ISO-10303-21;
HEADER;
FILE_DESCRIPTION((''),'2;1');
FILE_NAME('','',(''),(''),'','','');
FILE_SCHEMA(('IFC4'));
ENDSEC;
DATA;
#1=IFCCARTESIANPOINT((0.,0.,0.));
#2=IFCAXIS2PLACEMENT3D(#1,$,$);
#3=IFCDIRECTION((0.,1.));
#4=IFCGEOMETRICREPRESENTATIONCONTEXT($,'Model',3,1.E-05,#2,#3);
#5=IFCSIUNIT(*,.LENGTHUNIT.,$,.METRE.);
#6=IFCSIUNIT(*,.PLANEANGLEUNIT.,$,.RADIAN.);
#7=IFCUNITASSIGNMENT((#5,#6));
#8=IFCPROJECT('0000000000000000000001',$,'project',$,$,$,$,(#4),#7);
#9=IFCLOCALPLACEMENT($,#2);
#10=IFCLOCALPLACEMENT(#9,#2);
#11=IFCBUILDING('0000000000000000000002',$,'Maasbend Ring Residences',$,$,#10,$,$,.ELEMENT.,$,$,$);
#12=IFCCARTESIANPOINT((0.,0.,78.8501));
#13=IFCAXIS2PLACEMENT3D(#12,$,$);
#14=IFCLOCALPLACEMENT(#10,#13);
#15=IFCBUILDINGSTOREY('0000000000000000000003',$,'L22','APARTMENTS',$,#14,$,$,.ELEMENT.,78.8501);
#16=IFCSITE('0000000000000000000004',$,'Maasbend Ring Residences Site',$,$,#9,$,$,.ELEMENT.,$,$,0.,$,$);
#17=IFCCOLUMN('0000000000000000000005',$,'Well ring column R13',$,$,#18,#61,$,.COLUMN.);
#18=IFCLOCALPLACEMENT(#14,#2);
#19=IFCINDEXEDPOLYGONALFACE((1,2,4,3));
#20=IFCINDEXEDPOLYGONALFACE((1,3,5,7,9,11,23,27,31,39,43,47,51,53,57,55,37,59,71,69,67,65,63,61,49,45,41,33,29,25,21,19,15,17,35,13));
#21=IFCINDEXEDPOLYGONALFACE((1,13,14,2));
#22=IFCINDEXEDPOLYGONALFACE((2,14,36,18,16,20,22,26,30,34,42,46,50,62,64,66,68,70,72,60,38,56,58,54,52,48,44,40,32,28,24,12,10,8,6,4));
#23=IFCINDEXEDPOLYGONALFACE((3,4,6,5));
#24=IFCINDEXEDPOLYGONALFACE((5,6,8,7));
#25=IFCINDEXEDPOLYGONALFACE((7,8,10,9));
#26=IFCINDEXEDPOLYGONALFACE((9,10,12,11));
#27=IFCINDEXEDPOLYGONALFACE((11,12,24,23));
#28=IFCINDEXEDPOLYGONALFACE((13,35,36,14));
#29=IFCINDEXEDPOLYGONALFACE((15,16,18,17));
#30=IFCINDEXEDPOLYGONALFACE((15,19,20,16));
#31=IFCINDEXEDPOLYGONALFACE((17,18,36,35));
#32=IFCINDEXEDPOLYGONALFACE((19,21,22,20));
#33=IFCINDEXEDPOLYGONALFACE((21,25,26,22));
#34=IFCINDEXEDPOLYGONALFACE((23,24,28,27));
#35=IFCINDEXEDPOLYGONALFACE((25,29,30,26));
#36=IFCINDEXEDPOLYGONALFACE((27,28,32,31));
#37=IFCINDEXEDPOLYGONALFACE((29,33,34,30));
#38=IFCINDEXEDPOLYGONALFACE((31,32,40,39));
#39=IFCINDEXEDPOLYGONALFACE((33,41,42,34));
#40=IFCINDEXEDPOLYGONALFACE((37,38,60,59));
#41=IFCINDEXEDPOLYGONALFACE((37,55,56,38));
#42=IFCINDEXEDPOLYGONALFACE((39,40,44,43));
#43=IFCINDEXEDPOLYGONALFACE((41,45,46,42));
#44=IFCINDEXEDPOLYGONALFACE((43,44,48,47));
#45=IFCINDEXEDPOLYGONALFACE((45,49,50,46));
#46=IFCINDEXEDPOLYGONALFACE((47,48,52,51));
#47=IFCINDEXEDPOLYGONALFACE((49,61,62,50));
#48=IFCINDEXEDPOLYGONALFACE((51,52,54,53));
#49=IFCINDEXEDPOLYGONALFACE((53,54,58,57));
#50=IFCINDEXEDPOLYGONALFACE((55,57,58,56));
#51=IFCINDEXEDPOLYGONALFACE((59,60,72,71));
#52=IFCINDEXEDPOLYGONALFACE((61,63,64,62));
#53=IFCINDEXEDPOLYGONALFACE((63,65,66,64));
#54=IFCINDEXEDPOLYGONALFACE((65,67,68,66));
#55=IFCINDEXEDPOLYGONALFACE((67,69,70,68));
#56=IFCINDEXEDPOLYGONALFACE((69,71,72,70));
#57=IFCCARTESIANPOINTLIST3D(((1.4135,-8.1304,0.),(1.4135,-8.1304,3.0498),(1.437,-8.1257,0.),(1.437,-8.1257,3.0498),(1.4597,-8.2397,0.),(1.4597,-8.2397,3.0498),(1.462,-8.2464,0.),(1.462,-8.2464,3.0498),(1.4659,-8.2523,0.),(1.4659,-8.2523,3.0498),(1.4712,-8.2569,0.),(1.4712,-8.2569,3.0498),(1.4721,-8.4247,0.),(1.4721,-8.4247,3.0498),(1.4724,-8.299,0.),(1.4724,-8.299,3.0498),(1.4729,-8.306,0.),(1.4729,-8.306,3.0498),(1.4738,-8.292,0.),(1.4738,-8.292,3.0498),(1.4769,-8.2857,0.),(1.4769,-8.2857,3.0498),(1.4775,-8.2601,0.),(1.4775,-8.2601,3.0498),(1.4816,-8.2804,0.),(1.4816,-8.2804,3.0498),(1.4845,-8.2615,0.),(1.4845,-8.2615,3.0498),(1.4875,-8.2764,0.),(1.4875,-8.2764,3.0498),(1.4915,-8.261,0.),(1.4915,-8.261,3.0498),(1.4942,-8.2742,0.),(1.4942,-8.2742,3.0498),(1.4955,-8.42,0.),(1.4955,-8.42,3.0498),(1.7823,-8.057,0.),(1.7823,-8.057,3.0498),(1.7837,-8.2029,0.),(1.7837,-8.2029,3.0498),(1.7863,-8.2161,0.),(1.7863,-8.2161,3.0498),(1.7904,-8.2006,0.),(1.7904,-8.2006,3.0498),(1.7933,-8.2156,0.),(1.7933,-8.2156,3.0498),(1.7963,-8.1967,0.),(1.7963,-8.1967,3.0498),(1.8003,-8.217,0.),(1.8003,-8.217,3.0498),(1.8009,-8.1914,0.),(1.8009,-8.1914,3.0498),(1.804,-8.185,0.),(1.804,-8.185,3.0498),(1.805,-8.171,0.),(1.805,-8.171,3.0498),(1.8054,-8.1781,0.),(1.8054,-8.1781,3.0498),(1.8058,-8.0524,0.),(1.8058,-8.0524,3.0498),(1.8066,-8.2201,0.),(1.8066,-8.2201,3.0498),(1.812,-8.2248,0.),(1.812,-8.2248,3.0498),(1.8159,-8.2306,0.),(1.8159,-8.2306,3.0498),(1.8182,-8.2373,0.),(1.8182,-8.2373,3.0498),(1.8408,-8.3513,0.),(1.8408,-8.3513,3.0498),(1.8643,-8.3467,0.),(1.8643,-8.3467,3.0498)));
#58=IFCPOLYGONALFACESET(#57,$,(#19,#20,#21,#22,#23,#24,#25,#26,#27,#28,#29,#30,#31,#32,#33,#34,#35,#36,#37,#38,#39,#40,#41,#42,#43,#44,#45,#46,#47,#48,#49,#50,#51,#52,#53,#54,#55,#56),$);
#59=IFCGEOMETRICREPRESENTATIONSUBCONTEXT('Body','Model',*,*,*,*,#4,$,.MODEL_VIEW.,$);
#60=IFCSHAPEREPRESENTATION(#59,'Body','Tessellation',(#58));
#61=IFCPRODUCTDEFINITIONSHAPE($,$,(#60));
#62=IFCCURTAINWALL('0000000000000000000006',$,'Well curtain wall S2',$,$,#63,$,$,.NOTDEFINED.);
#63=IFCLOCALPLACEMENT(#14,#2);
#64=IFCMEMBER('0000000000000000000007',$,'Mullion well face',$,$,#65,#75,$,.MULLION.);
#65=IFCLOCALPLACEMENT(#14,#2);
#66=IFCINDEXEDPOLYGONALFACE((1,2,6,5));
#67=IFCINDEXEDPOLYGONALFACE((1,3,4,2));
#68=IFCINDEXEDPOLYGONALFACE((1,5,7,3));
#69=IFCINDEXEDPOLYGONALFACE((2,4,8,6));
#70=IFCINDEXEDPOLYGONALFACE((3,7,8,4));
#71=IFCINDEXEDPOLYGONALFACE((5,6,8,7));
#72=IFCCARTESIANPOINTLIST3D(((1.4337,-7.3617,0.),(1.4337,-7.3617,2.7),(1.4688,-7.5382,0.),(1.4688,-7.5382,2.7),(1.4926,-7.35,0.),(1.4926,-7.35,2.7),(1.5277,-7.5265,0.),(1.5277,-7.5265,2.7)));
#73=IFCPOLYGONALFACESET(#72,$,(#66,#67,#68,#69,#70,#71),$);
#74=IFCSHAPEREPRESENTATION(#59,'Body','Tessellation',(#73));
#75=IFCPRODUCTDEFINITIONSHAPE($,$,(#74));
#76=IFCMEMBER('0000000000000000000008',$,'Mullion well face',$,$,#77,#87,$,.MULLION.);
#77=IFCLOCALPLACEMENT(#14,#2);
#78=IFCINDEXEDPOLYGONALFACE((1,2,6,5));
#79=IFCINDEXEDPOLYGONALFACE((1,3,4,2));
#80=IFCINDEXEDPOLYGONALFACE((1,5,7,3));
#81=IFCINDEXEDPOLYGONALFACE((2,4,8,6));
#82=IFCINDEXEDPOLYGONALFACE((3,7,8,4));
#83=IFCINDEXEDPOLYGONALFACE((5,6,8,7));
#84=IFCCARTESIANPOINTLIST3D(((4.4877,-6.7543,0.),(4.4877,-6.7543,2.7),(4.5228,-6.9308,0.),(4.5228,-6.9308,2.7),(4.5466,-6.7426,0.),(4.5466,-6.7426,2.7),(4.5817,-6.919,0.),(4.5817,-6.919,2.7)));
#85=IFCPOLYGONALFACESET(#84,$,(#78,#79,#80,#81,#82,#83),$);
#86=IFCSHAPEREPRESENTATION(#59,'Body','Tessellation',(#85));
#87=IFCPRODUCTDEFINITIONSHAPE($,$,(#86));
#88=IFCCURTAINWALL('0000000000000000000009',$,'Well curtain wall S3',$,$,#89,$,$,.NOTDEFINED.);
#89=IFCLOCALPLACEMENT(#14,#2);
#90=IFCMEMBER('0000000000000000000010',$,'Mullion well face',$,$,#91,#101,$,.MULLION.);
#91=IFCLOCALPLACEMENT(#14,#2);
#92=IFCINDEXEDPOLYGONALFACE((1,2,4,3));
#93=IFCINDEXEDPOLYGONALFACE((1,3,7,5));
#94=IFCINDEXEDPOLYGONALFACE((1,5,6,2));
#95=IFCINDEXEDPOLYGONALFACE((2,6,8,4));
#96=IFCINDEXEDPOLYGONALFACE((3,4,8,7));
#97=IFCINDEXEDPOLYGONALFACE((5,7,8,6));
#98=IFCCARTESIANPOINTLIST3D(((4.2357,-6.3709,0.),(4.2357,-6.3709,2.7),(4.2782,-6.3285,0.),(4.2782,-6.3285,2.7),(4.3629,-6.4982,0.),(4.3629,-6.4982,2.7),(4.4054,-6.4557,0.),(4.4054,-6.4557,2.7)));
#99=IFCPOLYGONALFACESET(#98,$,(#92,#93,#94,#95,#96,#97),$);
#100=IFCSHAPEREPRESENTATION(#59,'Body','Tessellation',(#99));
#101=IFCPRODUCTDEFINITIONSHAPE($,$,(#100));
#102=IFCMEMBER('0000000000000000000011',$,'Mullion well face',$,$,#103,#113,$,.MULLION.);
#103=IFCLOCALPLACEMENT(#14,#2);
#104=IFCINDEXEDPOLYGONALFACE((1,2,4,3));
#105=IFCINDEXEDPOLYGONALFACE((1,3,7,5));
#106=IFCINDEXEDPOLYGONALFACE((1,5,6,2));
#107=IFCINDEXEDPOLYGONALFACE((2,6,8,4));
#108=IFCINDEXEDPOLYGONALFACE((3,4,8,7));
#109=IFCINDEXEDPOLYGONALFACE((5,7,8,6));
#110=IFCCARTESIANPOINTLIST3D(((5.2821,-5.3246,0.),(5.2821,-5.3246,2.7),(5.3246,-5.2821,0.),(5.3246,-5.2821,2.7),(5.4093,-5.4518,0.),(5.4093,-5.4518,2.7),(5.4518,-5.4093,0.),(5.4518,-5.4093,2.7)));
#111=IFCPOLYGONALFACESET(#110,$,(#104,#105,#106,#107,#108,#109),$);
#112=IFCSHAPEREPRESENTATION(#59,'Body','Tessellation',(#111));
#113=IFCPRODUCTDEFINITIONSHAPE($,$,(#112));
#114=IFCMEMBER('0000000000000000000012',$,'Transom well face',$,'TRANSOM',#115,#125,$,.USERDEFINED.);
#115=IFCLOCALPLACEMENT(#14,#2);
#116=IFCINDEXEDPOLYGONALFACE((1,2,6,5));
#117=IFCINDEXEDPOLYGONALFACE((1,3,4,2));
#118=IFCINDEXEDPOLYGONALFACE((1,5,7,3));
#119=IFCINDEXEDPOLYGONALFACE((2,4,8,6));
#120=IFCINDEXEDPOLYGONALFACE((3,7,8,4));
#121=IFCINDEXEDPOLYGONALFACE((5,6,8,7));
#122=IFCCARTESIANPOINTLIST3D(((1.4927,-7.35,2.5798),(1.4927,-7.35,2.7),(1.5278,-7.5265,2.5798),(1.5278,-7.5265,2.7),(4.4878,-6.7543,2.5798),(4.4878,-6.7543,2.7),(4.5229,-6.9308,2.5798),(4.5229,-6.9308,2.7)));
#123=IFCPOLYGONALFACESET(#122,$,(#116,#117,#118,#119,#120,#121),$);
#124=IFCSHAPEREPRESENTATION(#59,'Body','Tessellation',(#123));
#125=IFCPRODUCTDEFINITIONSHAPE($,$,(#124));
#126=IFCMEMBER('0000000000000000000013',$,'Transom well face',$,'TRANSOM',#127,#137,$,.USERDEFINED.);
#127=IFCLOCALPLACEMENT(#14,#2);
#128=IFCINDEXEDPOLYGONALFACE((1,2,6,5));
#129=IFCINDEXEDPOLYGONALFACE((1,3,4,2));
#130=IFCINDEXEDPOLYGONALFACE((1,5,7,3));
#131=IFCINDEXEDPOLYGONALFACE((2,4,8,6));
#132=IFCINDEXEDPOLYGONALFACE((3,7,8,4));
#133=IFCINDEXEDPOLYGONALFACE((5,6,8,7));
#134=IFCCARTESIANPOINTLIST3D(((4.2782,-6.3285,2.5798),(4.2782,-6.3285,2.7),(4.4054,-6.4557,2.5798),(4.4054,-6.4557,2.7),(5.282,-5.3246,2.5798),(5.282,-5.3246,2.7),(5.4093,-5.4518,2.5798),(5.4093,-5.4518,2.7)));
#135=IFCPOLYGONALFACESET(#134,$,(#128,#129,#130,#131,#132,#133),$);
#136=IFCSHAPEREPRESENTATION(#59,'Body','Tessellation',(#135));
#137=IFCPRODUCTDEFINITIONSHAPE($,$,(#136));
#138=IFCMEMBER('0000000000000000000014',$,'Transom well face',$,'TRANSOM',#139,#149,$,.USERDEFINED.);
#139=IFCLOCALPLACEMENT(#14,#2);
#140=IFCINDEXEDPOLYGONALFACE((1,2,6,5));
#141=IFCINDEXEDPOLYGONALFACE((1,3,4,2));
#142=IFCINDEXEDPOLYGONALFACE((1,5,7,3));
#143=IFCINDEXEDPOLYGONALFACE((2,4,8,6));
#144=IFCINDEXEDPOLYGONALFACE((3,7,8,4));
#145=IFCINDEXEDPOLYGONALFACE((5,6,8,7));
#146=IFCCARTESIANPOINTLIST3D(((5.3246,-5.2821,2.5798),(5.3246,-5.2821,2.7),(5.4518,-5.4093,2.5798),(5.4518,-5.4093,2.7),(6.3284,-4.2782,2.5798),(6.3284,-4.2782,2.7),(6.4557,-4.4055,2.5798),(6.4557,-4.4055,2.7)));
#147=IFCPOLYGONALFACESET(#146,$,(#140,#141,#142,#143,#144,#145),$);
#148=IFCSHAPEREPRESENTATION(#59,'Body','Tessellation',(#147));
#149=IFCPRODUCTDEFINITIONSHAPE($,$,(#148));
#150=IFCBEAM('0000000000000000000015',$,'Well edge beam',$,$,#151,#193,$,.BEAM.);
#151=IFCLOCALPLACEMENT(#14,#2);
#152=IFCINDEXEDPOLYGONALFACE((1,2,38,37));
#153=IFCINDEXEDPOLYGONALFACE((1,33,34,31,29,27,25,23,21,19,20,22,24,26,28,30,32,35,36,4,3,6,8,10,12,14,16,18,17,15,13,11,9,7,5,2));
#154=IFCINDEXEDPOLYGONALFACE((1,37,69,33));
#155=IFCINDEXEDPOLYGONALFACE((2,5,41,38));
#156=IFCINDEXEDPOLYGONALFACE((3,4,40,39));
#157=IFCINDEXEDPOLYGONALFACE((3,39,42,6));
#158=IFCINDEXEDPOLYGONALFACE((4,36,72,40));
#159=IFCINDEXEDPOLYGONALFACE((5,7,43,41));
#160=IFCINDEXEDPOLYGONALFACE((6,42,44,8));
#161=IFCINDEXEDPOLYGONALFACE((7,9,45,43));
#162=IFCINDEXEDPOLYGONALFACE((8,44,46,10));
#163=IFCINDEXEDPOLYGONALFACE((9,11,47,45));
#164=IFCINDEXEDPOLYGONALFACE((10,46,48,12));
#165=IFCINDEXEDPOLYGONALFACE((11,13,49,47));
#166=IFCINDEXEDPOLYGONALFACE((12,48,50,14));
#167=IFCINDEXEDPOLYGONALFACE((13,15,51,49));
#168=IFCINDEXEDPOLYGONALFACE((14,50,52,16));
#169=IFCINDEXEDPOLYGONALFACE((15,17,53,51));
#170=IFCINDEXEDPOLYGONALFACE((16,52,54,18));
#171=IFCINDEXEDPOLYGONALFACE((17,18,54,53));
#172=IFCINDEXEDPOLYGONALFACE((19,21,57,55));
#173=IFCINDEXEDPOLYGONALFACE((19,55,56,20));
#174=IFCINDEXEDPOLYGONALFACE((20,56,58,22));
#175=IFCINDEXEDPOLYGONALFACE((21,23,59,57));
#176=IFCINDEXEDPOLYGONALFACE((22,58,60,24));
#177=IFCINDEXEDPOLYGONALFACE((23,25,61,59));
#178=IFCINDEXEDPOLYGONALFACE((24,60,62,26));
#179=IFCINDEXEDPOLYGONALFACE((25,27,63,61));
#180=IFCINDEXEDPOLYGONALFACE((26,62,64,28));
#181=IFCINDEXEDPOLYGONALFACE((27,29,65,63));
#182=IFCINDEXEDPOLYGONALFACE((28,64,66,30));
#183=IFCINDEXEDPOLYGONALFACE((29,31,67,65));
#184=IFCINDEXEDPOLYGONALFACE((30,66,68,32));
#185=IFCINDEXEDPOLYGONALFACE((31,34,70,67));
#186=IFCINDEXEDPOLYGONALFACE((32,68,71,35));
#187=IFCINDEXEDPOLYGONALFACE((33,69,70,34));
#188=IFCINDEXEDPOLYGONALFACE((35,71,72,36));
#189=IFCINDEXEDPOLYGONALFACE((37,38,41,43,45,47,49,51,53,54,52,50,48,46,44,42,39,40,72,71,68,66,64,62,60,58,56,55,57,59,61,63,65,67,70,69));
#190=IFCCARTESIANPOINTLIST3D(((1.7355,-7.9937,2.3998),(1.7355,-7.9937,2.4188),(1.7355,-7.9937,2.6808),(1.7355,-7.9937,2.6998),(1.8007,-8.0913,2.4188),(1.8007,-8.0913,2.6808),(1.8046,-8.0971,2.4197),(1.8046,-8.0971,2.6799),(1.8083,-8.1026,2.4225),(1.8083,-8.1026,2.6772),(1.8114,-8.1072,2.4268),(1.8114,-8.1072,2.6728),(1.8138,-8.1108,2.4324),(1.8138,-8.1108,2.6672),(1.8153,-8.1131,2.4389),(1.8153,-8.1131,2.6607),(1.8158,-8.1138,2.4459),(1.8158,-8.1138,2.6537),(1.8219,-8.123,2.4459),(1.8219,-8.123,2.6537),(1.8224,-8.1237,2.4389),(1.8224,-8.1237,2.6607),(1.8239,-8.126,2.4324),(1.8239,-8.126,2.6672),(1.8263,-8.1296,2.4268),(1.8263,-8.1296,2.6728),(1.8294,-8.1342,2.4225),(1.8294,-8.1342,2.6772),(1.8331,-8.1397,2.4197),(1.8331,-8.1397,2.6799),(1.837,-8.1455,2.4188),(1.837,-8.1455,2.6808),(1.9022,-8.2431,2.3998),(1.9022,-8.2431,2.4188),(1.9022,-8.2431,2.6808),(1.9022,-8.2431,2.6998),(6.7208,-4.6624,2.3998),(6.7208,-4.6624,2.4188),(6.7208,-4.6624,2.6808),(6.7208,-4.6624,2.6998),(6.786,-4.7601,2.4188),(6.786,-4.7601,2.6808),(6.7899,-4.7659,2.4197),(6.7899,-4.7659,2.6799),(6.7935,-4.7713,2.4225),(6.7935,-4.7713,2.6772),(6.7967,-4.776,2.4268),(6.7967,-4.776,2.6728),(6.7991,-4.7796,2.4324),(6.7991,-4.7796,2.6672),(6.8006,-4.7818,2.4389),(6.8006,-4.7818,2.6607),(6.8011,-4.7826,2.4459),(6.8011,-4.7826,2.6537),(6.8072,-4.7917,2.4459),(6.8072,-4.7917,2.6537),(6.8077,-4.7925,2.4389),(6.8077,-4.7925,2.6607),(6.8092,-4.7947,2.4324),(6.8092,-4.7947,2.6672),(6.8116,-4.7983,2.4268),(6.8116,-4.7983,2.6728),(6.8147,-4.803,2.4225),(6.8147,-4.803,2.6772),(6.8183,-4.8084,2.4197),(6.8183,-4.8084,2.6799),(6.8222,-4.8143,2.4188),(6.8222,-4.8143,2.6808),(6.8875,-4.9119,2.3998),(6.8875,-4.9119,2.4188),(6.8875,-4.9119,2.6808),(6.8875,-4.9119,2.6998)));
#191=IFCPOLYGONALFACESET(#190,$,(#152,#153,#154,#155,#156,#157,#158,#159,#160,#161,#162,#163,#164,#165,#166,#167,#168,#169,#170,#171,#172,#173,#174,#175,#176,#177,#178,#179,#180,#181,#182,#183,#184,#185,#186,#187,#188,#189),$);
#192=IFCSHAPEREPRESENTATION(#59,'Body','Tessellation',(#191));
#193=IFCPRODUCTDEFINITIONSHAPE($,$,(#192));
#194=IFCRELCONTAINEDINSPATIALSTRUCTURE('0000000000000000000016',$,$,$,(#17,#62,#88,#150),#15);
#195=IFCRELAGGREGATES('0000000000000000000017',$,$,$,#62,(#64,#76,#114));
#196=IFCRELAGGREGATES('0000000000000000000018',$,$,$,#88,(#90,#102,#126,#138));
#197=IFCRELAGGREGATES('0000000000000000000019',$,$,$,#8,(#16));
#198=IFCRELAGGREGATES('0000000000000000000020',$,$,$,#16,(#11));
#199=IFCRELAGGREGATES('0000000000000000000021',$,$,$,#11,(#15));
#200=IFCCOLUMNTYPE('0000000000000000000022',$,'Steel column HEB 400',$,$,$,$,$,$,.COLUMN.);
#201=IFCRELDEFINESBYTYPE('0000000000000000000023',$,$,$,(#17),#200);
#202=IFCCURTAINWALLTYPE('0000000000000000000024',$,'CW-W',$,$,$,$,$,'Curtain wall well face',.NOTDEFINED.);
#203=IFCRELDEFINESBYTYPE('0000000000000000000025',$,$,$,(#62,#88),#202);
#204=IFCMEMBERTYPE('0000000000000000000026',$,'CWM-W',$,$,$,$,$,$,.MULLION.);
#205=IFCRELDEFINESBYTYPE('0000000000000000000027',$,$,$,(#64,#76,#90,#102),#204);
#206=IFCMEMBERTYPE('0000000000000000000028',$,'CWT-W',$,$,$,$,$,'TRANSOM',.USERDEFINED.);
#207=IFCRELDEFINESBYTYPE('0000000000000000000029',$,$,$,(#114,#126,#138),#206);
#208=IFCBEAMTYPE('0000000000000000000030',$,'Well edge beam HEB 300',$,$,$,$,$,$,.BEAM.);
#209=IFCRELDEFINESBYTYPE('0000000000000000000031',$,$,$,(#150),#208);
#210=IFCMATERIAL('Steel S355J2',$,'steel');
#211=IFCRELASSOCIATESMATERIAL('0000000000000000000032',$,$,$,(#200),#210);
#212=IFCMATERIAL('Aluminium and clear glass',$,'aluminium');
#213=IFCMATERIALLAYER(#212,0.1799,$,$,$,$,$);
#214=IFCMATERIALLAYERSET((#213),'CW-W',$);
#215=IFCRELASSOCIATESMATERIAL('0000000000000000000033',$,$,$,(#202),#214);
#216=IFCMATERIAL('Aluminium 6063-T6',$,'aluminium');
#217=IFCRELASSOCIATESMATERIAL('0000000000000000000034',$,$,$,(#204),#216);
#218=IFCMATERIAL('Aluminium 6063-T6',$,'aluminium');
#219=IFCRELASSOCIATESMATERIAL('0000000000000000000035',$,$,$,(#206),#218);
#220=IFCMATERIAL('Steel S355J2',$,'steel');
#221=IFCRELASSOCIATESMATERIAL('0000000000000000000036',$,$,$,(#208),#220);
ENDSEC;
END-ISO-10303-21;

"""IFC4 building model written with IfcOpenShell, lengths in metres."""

from ifc_helpers import new_model, si_unit, direction, frame, origin, origin_2d, place, context, subcontext, project, spatial, rectangle, i_section, extrude, material, layer, layer_set, material_profile, profile_set, type_object, element, aggregate, save


model = new_model("IFC4")

# Units and contexts
model_context = context("Model", 3, precision=1e-05, world=origin(), true_north=direction((0.0, 1.0)))
body_context = subcontext(model_context, "Body", "Model", "MODEL_VIEW")
ifc_project = project(units=[si_unit("LENGTHUNIT", "METRE"), si_unit("PLANEANGLEUNIT", "RADIAN")], contexts=[model_context])

# Site, building, storey
site_placement = place(None, origin())
site = spatial("IfcSite", under=ifc_project, at=site_placement, Name="Maasbend Ring Residences Site", CompositionType="ELEMENT", RefElevation=0.0)
building_placement = place(site_placement, origin())
building = spatial("IfcBuilding", under=site, at=building_placement, Name="Maasbend Ring Residences", CompositionType="ELEMENT")
storey_placement = place(building_placement, frame((0.0, 0.0, 78.8501)))
storey = spatial("IfcBuildingStorey", under=building, at=storey_placement, Name="L22", Description="APARTMENTS", CompositionType="ELEMENT", Elevation=78.8501)

# Column
ifc_material_1 = material(Name="Steel S355J2", Category="steel")
ifc_material_profile_1 = material_profile(ifc_material_1, i_section(OverallWidth=0.3, OverallDepth=0.3999, WebThickness=0.0134, FlangeThickness=0.0239, FilletRadius=0.0271, at=origin_2d()), Name="HEB 400")
ifc_profile_set_1 = profile_set([ifc_material_profile_1], Name="Steel S355J2")
column_type = type_object("IfcColumnType", Name="Steel column HEB 400", PredefinedType="COLUMN", material=ifc_profile_set_1)
column_placement = place(storey_placement, frame((1.6389, -8.2385, 0.0), z_axis=(0.0, 0.0, 1.0), x_axis=(0.19509, -0.980785, 0.0)))
element("IfcColumn", 1, at=column_placement, inside=storey, type_object=column_type, Name="Well ring column R13", PredefinedType="COLUMN", context=body_context, shape_type="SweptSolid", body=[
    extrude(i_section(OverallWidth=0.3, OverallDepth=0.3999, WebThickness=0.0134, FlangeThickness=0.0239, FilletRadius=0.0271, at=origin_2d()), origin(), (0.0, 0.0, 1.0), 3.0498),
])

# Curtain walls, members
ifc_material_2 = material(Name="Aluminium and clear glass", Category="aluminium")
ifc_layer_1 = layer(ifc_material_2, 0.1799)
ifc_layer_set_1 = layer_set([ifc_layer_1], Name="CW-W")
curtain_wall_type = type_object("IfcCurtainWallType", Name="CW-W", ElementType="Curtain wall well face", PredefinedType="NOTDEFINED", material=ifc_layer_set_1)
curtain_wall_1_placement = place(storey_placement, origin())
curtain_wall_1 = element("IfcCurtainWall", 2, at=curtain_wall_1_placement, inside=storey, type_object=curtain_wall_type, Name="Well curtain wall S2", PredefinedType="NOTDEFINED")
ifc_material_3 = material(Name="Aluminium 6063-T6", Category="aluminium")
ifc_material_profile_2 = material_profile(ifc_material_3, rectangle(XDim=0.1799, YDim=0.0601, at=origin_2d()), Name="AL 180x60")
ifc_profile_set_2 = profile_set([ifc_material_profile_2], Name="Aluminium 6063-T6")
member_type_1 = type_object("IfcMemberType", Name="CWM-W", PredefinedType="MULLION", material=ifc_profile_set_2)
member_1_placement = place(storey_placement, frame((1.4807, -7.4441, 0.0), z_axis=(0.0, 0.0, 1.0), x_axis=(-0.19509, 0.980785, 0.0)))
member_1 = element("IfcMember", 3, at=member_1_placement, type_object=member_type_1, Name="Mullion well face", PredefinedType="MULLION", context=body_context, shape_type="SweptSolid", body=[
    extrude(rectangle(XDim=0.1799, YDim=0.0601, at=origin_2d()), origin(), (0.0, 0.0, 1.0), 2.7),
])
member_2_placement = place(storey_placement, frame((4.5347, -6.8367, 0.0), z_axis=(0.0, 0.0, 1.0), x_axis=(-0.19509, 0.980785, 0.0)))
member_2 = element("IfcMember", 4, at=member_2_placement, type_object=member_type_1, Name="Mullion well face", PredefinedType="MULLION", context=body_context, shape_type="SweptSolid", body=[
    extrude(rectangle(XDim=0.1799, YDim=0.0601, at=origin_2d()), origin(), (0.0, 0.0, 1.0), 2.7),
])
curtain_wall_2_placement = place(storey_placement, origin())
curtain_wall_2 = element("IfcCurtainWall", 5, at=curtain_wall_2_placement, inside=storey, type_object=curtain_wall_type, Name="Well curtain wall S3", PredefinedType="NOTDEFINED")
member_3_placement = place(storey_placement, frame((4.3206, -6.4133, 0.0), z_axis=(0.0, 0.0, 1.0), x_axis=(-0.707107, 0.707107, 0.0)))
member_3 = element("IfcMember", 6, at=member_3_placement, type_object=member_type_1, Name="Mullion well face", PredefinedType="MULLION", context=body_context, shape_type="SweptSolid", body=[
    extrude(rectangle(XDim=0.1799, YDim=0.0601, at=origin_2d()), origin(), (0.0, 0.0, 1.0), 2.7),
])
member_4_placement = place(storey_placement, frame((5.3669, -5.3669, 0.0), z_axis=(0.0, 0.0, 1.0), x_axis=(-0.707107, 0.707107, 0.0)))
member_4 = element("IfcMember", 7, at=member_4_placement, type_object=member_type_1, Name="Mullion well face", PredefinedType="MULLION", context=body_context, shape_type="SweptSolid", body=[
    extrude(rectangle(XDim=0.1799, YDim=0.0601, at=origin_2d()), origin(), (0.0, 0.0, 1.0), 2.7),
])

# Members
ifc_material_4 = material(Name="Aluminium 6063-T6", Category="aluminium")
ifc_material_profile_3 = material_profile(ifc_material_4, rectangle(XDim=0.1799, YDim=0.1201, at=origin_2d()), Name="AL 180x120")
ifc_profile_set_3 = profile_set([ifc_material_profile_3], Name="Aluminium 6063-T6")
member_type_2 = type_object("IfcMemberType", Name="CWT-W", ElementType="TRANSOM", PredefinedType="USERDEFINED", material=ifc_profile_set_3)
member_5_placement = place(storey_placement, frame((1.5103, -7.4382, 2.6399), z_axis=(0.980789, 0.195071, 0.0), x_axis=(-0.195071, 0.980789, 0.0)))
member_5 = element("IfcMember", 8, at=member_5_placement, type_object=member_type_2, Name="Transom well face", ObjectType="TRANSOM", PredefinedType="USERDEFINED", context=body_context, shape_type="SweptSolid", body=[
    extrude(rectangle(XDim=0.1799, YDim=0.1201, at=origin_2d()), origin(), (0.0, 0.0, 1.0), 3.0537),
])
member_6_placement = place(storey_placement, frame((4.3418, -6.3921, 2.6399), z_axis=(0.707107, 0.707107, 0.0), x_axis=(-0.707107, 0.707107, 0.0)))
member_6 = element("IfcMember", 9, at=member_6_placement, type_object=member_type_2, Name="Transom well face", ObjectType="TRANSOM", PredefinedType="USERDEFINED", context=body_context, shape_type="SweptSolid", body=[
    extrude(rectangle(XDim=0.1799, YDim=0.1201, at=origin_2d()), origin(), (0.0, 0.0, 1.0), 1.4197),
])
member_7_placement = place(storey_placement, frame((5.3882, -5.3457, 2.6399), z_axis=(0.707107, 0.707107, 0.0), x_axis=(-0.707107, 0.707107, 0.0)))
member_7 = element("IfcMember", 10, at=member_7_placement, type_object=member_type_2, Name="Transom well face", ObjectType="TRANSOM", PredefinedType="USERDEFINED", context=body_context, shape_type="SweptSolid", body=[
    extrude(rectangle(XDim=0.1799, YDim=0.1201, at=origin_2d()), origin(), (0.0, 0.0, 1.0), 1.4197),
])

# Beam
ifc_material_5 = material(Name="Steel S355J2", Category="steel")
ifc_material_profile_4 = material_profile(ifc_material_5, i_section(OverallWidth=0.3, OverallDepth=0.3, WebThickness=0.011, FlangeThickness=0.019, FilletRadius=0.0271, at=origin_2d()), Name="HEB 300")
ifc_profile_set_4 = profile_set([ifc_material_profile_4], Name="Steel S355J2")
beam_type = type_object("IfcBeamType", Name="Well edge beam HEB 300", PredefinedType="BEAM", material=ifc_profile_set_4)
beam_placement = place(storey_placement, frame((1.8188, -8.1184, 2.5498), z_axis=(0.831455, 0.555593, 0.0), x_axis=(-0.555593, 0.831455, 0.0)))
element("IfcBeam", 11, at=beam_placement, inside=storey, type_object=beam_type, Name="Well edge beam", PredefinedType="BEAM", context=body_context, shape_type="SweptSolid", body=[
    extrude(i_section(OverallWidth=0.3, OverallDepth=0.3, WebThickness=0.011, FlangeThickness=0.019, FilletRadius=0.0271, at=origin_2d()), origin(), (0.0, 0.0, 1.0), 5.9958),
])

aggregate(curtain_wall_1, [member_1, member_2, member_5])
aggregate(curtain_wall_2, [member_3, member_4, member_6, member_7])

save(model, "model.ifc")
